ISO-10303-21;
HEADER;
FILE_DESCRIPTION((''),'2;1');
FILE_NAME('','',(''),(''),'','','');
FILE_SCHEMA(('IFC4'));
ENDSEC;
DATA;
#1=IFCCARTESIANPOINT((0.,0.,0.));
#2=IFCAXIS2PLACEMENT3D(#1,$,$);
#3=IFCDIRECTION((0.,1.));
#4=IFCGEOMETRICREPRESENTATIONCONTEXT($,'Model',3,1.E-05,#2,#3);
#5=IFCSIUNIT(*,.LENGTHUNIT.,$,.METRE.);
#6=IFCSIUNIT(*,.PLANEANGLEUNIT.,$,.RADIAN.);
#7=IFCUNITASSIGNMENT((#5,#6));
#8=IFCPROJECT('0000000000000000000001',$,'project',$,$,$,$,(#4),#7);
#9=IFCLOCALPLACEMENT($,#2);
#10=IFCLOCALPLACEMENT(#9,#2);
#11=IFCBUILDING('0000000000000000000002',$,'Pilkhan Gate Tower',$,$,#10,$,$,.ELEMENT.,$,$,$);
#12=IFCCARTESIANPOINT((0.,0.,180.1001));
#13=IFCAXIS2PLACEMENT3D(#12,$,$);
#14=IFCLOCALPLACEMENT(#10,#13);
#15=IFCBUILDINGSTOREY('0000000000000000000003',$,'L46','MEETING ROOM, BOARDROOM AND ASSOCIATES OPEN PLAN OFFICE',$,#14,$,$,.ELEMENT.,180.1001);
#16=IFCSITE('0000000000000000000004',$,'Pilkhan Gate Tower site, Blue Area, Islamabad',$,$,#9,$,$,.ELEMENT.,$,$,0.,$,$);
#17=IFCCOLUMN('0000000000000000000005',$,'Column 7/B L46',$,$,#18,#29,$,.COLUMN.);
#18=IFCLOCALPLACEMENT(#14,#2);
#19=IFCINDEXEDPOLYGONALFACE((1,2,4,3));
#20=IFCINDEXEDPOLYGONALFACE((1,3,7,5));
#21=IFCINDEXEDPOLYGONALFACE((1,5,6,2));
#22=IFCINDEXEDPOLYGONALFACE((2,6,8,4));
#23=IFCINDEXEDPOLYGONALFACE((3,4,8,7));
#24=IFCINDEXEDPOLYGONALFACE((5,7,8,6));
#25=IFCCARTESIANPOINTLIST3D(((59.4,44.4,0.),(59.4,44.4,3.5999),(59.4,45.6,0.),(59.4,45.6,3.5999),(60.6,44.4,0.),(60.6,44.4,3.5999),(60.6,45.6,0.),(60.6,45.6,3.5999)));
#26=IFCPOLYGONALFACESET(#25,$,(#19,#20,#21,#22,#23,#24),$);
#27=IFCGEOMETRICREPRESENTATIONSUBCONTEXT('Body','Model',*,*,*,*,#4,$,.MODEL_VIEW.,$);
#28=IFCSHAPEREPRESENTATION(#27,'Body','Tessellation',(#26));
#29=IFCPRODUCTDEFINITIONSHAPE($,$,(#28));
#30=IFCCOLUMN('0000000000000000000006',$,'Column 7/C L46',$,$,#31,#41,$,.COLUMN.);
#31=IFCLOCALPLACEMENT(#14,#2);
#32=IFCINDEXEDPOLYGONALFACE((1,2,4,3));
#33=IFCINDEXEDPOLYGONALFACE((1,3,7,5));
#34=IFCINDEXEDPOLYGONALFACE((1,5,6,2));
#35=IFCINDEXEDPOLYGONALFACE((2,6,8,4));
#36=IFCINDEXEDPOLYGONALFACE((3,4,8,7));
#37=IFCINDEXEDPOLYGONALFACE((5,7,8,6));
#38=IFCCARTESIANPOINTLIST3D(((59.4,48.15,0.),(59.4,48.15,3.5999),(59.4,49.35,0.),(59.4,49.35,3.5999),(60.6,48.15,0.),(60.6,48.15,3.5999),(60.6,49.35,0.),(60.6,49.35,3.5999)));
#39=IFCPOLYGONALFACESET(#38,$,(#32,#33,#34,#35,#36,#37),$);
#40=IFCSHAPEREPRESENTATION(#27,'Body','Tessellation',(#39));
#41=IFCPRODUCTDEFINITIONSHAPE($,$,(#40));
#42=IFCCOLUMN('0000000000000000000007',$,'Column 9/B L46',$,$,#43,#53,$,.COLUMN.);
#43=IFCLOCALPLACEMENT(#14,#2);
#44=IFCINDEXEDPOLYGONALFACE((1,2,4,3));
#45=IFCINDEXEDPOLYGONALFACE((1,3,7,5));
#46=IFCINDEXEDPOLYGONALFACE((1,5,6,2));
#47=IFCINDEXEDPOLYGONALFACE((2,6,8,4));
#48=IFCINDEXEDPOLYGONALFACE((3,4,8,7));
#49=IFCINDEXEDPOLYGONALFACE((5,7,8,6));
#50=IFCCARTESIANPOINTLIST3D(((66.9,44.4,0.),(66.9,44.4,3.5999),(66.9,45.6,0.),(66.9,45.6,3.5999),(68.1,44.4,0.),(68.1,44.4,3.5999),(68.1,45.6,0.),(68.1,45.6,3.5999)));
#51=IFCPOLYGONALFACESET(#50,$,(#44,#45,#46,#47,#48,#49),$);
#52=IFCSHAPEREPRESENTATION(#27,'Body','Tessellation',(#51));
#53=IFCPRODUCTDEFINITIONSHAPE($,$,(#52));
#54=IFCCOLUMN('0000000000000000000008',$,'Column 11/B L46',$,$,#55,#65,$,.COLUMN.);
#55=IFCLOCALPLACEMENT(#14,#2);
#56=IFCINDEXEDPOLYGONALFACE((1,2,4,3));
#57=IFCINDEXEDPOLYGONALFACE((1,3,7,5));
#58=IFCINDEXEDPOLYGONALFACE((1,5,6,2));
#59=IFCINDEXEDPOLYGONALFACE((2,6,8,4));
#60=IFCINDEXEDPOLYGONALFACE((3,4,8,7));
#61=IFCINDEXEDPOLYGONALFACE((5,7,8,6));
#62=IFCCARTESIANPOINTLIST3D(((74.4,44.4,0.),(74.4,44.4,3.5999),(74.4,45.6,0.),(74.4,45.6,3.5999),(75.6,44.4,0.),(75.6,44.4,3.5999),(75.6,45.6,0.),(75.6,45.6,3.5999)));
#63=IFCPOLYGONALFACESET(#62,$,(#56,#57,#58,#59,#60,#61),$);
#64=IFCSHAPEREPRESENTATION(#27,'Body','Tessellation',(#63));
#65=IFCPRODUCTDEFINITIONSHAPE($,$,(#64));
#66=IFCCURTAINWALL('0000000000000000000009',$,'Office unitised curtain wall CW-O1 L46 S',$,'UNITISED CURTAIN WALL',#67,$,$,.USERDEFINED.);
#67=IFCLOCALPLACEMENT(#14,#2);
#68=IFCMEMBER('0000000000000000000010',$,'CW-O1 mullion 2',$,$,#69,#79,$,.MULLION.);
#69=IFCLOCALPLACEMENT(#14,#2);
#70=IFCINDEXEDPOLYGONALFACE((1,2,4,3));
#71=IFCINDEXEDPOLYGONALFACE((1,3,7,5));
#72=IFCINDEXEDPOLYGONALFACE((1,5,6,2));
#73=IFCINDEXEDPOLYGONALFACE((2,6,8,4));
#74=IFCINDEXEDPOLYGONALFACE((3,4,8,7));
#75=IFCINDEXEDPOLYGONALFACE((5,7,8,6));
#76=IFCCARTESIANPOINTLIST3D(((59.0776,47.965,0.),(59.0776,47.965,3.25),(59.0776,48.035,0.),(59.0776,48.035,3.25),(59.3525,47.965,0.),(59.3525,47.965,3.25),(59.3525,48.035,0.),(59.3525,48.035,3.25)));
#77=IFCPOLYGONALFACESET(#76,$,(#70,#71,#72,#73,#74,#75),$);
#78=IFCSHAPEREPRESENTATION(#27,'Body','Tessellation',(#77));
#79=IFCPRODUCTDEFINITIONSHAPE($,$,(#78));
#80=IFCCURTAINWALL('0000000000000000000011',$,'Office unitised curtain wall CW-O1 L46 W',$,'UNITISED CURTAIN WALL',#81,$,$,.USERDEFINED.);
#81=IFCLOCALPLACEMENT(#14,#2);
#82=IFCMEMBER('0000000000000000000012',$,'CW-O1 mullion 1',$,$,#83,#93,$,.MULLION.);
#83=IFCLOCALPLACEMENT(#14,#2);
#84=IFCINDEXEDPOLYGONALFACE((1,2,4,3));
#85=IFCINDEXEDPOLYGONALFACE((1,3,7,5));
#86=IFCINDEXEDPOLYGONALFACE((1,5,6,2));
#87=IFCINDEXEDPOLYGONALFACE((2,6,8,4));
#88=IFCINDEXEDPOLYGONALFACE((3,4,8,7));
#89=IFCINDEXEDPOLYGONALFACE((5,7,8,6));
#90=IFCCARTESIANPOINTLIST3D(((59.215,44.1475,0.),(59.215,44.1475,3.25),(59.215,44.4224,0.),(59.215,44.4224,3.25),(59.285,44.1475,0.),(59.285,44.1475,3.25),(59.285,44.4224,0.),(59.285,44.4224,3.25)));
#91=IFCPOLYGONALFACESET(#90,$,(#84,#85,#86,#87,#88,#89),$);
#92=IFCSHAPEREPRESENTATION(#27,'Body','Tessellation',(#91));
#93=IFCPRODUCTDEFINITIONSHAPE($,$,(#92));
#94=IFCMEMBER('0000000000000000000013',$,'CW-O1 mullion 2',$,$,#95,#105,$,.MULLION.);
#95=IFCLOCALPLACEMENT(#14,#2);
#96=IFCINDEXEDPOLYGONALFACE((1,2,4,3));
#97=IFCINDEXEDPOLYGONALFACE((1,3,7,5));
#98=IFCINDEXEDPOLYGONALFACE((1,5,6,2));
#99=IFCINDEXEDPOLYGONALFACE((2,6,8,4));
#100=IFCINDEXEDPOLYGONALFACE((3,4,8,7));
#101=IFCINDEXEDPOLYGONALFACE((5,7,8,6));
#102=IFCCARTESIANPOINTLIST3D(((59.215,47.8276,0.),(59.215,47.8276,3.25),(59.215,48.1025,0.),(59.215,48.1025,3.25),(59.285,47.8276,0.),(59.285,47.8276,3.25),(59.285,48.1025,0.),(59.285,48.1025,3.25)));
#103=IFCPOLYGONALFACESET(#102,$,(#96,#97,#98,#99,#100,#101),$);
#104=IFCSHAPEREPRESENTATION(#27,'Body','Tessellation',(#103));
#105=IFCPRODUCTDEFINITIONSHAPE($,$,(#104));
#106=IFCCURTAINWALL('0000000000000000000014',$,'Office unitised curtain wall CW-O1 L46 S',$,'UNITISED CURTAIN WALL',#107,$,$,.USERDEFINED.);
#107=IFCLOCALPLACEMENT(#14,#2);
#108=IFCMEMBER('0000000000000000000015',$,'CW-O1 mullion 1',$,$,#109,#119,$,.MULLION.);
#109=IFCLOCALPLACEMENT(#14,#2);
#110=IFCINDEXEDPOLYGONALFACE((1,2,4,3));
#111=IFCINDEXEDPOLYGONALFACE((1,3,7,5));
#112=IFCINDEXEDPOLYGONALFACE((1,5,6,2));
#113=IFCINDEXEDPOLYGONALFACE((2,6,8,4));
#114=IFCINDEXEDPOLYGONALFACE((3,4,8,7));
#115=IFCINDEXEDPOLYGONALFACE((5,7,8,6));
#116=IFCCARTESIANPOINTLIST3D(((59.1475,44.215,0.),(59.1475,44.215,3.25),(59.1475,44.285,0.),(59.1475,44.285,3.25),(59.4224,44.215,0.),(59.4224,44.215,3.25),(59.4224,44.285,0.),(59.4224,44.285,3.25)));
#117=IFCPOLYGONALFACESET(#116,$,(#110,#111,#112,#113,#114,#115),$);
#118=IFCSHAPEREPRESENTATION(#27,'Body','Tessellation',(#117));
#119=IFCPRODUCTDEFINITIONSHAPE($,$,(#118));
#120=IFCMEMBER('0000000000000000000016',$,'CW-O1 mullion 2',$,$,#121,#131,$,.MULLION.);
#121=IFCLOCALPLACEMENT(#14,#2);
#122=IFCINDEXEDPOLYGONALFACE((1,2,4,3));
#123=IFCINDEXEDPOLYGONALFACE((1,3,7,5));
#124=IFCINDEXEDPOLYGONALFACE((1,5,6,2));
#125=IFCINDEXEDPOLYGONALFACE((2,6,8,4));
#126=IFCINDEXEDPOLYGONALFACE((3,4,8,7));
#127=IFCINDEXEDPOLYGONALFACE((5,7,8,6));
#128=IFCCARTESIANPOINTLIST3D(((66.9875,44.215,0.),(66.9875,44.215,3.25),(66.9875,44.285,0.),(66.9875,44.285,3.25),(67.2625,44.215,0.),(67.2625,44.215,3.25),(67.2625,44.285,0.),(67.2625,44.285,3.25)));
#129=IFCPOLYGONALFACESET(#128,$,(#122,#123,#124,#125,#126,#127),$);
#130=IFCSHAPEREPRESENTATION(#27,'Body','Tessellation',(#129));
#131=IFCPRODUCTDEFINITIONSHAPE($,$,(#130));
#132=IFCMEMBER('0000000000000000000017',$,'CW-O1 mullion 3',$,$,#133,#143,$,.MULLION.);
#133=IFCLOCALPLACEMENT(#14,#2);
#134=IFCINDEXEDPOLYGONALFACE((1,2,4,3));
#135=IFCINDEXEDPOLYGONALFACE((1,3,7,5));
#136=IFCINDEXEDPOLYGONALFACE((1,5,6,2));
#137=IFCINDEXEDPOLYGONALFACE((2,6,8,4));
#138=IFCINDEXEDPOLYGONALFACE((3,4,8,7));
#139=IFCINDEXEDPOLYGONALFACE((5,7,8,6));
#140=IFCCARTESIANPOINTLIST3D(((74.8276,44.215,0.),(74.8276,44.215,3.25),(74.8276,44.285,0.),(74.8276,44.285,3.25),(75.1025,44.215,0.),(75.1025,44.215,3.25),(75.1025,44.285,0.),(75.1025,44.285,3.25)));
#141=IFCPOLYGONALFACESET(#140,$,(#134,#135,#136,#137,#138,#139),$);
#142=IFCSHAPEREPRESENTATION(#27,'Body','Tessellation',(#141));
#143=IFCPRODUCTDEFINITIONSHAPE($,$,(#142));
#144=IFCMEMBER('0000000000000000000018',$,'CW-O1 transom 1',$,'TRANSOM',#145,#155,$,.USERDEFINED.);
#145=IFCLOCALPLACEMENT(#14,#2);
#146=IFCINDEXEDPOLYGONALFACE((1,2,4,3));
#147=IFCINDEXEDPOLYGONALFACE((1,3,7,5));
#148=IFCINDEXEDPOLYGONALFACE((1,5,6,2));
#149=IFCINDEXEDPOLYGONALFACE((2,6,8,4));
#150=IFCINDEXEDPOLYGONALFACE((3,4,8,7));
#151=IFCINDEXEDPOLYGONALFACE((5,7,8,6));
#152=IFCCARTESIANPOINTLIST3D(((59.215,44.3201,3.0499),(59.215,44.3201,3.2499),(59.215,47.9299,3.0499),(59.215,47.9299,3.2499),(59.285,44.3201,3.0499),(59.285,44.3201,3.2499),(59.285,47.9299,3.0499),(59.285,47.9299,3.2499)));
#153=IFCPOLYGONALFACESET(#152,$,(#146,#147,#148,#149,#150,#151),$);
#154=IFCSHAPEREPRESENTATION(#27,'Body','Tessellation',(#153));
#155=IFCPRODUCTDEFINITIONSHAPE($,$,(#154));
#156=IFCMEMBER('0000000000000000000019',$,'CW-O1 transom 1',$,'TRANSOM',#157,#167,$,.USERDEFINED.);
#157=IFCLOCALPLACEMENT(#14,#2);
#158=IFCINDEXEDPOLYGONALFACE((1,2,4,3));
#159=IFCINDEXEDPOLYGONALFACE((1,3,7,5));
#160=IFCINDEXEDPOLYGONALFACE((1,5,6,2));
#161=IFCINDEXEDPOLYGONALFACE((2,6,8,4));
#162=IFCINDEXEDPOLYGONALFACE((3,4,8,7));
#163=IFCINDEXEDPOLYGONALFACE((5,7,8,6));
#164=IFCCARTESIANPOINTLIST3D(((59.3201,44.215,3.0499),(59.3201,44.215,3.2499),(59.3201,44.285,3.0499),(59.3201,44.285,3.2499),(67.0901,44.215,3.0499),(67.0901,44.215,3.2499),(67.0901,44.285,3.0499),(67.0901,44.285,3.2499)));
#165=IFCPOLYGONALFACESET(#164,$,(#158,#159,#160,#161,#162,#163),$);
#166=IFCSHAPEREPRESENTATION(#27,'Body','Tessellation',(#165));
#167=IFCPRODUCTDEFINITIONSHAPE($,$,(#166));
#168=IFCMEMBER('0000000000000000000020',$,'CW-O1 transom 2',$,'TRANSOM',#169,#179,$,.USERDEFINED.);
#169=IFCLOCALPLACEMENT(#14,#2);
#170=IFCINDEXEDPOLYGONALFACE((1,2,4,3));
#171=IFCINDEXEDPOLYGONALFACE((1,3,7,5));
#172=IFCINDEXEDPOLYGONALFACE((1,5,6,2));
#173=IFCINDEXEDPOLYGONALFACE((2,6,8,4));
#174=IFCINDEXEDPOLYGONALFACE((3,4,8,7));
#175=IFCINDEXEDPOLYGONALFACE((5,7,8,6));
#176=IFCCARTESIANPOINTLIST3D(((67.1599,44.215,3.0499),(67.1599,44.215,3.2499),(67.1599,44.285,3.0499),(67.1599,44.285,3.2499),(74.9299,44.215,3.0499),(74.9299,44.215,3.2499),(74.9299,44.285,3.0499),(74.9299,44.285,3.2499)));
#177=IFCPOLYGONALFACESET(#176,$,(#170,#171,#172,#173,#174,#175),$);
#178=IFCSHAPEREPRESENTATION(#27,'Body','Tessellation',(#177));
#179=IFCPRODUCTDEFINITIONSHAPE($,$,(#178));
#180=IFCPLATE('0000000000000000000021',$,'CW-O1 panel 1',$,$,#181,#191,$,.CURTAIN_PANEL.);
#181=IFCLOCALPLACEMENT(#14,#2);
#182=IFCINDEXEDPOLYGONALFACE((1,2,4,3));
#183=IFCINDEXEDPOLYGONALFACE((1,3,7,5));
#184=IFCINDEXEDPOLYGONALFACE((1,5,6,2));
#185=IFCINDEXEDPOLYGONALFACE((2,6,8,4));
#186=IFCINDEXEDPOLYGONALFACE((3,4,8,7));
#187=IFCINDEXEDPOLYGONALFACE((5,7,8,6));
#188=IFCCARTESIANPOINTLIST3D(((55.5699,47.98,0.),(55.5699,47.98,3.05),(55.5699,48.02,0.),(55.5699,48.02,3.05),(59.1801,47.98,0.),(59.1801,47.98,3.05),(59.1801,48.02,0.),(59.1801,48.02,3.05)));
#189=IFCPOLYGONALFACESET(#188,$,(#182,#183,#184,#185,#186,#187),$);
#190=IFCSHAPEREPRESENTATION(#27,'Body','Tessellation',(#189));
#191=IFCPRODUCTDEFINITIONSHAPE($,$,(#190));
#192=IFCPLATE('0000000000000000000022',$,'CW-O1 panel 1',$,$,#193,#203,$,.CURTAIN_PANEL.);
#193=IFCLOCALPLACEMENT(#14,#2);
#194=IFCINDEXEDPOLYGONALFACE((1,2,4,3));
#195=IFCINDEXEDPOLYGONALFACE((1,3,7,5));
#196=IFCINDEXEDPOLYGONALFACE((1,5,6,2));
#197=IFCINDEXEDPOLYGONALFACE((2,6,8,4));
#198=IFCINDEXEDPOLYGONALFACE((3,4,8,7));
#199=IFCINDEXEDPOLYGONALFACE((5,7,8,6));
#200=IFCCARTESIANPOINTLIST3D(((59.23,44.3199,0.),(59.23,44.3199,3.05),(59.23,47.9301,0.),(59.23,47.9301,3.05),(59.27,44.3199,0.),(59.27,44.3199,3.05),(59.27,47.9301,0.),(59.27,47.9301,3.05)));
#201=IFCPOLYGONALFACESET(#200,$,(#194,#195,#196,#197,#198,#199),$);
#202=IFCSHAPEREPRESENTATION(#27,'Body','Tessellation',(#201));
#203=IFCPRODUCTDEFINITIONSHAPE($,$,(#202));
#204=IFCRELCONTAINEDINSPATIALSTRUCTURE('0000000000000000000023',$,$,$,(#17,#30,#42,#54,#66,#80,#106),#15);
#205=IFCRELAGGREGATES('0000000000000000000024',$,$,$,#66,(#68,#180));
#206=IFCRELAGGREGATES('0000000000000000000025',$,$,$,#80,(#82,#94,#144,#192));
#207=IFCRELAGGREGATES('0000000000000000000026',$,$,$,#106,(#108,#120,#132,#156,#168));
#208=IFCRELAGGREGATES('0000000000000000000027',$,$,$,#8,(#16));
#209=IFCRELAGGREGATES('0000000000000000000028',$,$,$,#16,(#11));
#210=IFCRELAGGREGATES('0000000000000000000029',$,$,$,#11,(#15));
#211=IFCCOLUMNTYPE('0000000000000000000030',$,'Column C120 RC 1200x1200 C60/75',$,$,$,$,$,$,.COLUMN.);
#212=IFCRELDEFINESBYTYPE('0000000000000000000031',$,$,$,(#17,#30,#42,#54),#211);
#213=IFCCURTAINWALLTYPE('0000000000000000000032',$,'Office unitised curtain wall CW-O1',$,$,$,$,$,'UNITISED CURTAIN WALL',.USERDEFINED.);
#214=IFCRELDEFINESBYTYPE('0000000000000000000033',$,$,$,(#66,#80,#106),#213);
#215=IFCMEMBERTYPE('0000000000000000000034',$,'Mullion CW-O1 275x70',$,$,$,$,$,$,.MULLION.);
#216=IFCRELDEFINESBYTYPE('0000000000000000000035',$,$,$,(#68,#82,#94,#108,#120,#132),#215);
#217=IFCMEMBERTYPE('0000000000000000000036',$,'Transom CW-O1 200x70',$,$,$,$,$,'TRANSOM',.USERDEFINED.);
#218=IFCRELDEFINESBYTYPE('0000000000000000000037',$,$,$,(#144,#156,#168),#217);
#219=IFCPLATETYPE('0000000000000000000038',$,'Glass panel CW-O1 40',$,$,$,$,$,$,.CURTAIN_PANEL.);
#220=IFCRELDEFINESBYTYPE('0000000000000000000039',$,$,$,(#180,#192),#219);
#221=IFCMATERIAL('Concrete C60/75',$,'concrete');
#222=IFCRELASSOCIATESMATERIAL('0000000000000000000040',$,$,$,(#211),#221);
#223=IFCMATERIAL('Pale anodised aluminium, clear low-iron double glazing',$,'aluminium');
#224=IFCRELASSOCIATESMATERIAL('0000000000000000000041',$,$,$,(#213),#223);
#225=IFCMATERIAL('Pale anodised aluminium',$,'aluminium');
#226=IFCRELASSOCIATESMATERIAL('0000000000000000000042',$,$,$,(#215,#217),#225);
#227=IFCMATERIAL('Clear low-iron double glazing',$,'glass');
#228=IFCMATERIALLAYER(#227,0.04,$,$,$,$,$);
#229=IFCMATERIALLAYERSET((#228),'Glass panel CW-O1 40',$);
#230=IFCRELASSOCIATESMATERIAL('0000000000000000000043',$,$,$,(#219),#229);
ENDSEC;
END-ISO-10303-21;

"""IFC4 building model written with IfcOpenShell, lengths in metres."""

from ifc_helpers import new_model, si_unit, direction, frame, origin, origin_2d, place, context, subcontext, project, spatial, rectangle, extrude, material, layer, layer_set, material_profile, profile_set, type_object, element, aggregate, save


model = new_model("IFC4")

# Units and contexts
model_context = context("Model", 3, precision=1e-05, world=origin(), true_north=direction((0.0, 1.0)))
body_context = subcontext(model_context, "Body", "Model", "MODEL_VIEW")
ifc_project = project(units=[si_unit("LENGTHUNIT", "METRE"), si_unit("PLANEANGLEUNIT", "RADIAN")], contexts=[model_context])

# Site, building, storey
site_placement = place(None, origin())
site = spatial("IfcSite", under=ifc_project, at=site_placement, Name="Pilkhan Gate Tower site, Blue Area, Islamabad", CompositionType="ELEMENT", RefElevation=0.0)
building_placement = place(site_placement, origin())
building = spatial("IfcBuilding", under=site, at=building_placement, Name="Pilkhan Gate Tower", CompositionType="ELEMENT")
storey_placement = place(building_placement, frame((0.0, 0.0, 180.1001)))
storey = spatial("IfcBuildingStorey", under=building, at=storey_placement, Name="L46", Description="MEETING ROOM, BOARDROOM AND ASSOCIATES OPEN PLAN OFFICE", CompositionType="ELEMENT", Elevation=180.1001)

# Columns
ifc_material_1 = material(Name="Concrete C60/75", Category="concrete")
ifc_material_profile_1 = material_profile(ifc_material_1, rectangle(XDim=1.2, YDim=1.2, at=origin_2d()), Name="RC 1200x1200")
ifc_profile_set_1 = profile_set([ifc_material_profile_1], Name="Concrete C60/75")
column_type = type_object("IfcColumnType", Name="Column C120 RC 1200x1200 C60/75", PredefinedType="COLUMN", material=ifc_profile_set_1)
for number, where, z_axis, x_axis, name in (
    (1, (60.0, 45.0, 0.0), (0.0, 0.0, 1.0), (1.0, 0.0, 0.0), "Column 7/B L46"),
    (2, (60.0, 48.75, 0.0), (0.0, 0.0, 1.0), (1.0, 0.0, 0.0), "Column 7/C L46"),
    (3, (67.5, 45.0, 0.0), (0.0, 0.0, 1.0), (1.0, 0.0, 0.0), "Column 9/B L46"),
    (4, (75.0, 45.0, 0.0), (0.0, 0.0, 1.0), (1.0, 0.0, 0.0), "Column 11/B L46"),
):
    element("IfcColumn", number, at=place(storey_placement, frame(where, z_axis=z_axis, x_axis=x_axis)), inside=storey, type_object=column_type, Name=name, PredefinedType="COLUMN", context=body_context, shape_type="SweptSolid", body=[
        extrude(rectangle(XDim=1.2, YDim=1.2, at=origin_2d()), origin(), (0.0, 0.0, 1.0), 3.5999),
    ])

# Curtain wall, member
ifc_material_2 = material(Name="Pale anodised aluminium, clear low-iron double glazing", Category="aluminium")
curtain_wall_type = type_object("IfcCurtainWallType", Name="Office unitised curtain wall CW-O1", ElementType="UNITISED CURTAIN WALL", PredefinedType="USERDEFINED", material=ifc_material_2)
curtain_wall_1_placement = place(storey_placement, origin())
curtain_wall_1 = element("IfcCurtainWall", 5, at=curtain_wall_1_placement, inside=storey, type_object=curtain_wall_type, Name="Office unitised curtain wall CW-O1 L46 S", ObjectType="UNITISED CURTAIN WALL", PredefinedType="USERDEFINED")
ifc_material_3 = material(Name="Pale anodised aluminium", Category="aluminium")
ifc_material_profile_2 = material_profile(ifc_material_3, rectangle(XDim=0.0701, YDim=0.2749, at=origin_2d()), Name="Mullion 275x70")
ifc_profile_set_2 = profile_set([ifc_material_profile_2], Name="Pale anodised aluminium")
member_type_1 = type_object("IfcMemberType", Name="Mullion CW-O1 275x70", PredefinedType="MULLION", material=ifc_profile_set_2)
member_1_placement = place(storey_placement, frame((59.2151, 48.0, 0.0), z_axis=(0.0, 0.0, 1.0), x_axis=(0.0, 1.0, 0.0)))
member_1 = element("IfcMember", 6, at=member_1_placement, type_object=member_type_1, Name="CW-O1 mullion 2", PredefinedType="MULLION", context=body_context, shape_type="SweptSolid", body=[
    extrude(rectangle(XDim=0.0701, YDim=0.2749, at=origin_2d()), origin(), (0.0, 0.0, 1.0), 3.25),
])

# Curtain walls, members
curtain_wall_2_placement = place(storey_placement, origin())
curtain_wall_2 = element("IfcCurtainWall", 7, at=curtain_wall_2_placement, inside=storey, type_object=curtain_wall_type, Name="Office unitised curtain wall CW-O1 L46 W", ObjectType="UNITISED CURTAIN WALL", PredefinedType="USERDEFINED")
member_2_placement = place(storey_placement, frame((59.25, 44.2849, 0.0), z_axis=(0.0, 0.0, 1.0), x_axis=(-1.0, 0.0, 0.0)))
member_2 = element("IfcMember", 8, at=member_2_placement, type_object=member_type_1, Name="CW-O1 mullion 1", PredefinedType="MULLION", context=body_context, shape_type="SweptSolid", body=[
    extrude(rectangle(XDim=0.0701, YDim=0.2749, at=origin_2d()), origin(), (0.0, 0.0, 1.0), 3.25),
])
member_3_placement = place(storey_placement, frame((59.25, 47.9651, 0.0), z_axis=(0.0, 0.0, 1.0), x_axis=(-1.0, 0.0, 0.0)))
member_3 = element("IfcMember", 9, at=member_3_placement, type_object=member_type_1, Name="CW-O1 mullion 2", PredefinedType="MULLION", context=body_context, shape_type="SweptSolid", body=[
    extrude(rectangle(XDim=0.0701, YDim=0.2749, at=origin_2d()), origin(), (0.0, 0.0, 1.0), 3.25),
])
curtain_wall_3_placement = place(storey_placement, origin())
curtain_wall_3 = element("IfcCurtainWall", 10, at=curtain_wall_3_placement, inside=storey, type_object=curtain_wall_type, Name="Office unitised curtain wall CW-O1 L46 S", ObjectType="UNITISED CURTAIN WALL", PredefinedType="USERDEFINED")
member_4_placement = place(storey_placement, frame((59.2849, 44.25, 0.0), z_axis=(0.0, 0.0, 1.0), x_axis=(0.0, 1.0, 0.0)))
member_4 = element("IfcMember", 11, at=member_4_placement, type_object=member_type_1, Name="CW-O1 mullion 1", PredefinedType="MULLION", context=body_context, shape_type="SweptSolid", body=[
    extrude(rectangle(XDim=0.0701, YDim=0.2749, at=origin_2d()), origin(), (0.0, 0.0, 1.0), 3.25),
])
member_5_placement = place(storey_placement, frame((67.125, 44.25, 0.0), z_axis=(0.0, 0.0, 1.0), x_axis=(0.0, 1.0, 0.0)))
member_5 = element("IfcMember", 12, at=member_5_placement, type_object=member_type_1, Name="CW-O1 mullion 2", PredefinedType="MULLION", context=body_context, shape_type="SweptSolid", body=[
    extrude(rectangle(XDim=0.0701, YDim=0.2749, at=origin_2d()), origin(), (0.0, 0.0, 1.0), 3.25),
])
member_6_placement = place(storey_placement, frame((74.9651, 44.25, 0.0), z_axis=(0.0, 0.0, 1.0), x_axis=(0.0, 1.0, 0.0)))
member_6 = element("IfcMember", 13, at=member_6_placement, type_object=member_type_1, Name="CW-O1 mullion 3", PredefinedType="MULLION", context=body_context, shape_type="SweptSolid", body=[
    extrude(rectangle(XDim=0.0701, YDim=0.2749, at=origin_2d()), origin(), (0.0, 0.0, 1.0), 3.25),
])

# Members
ifc_material_profile_3 = material_profile(ifc_material_3, rectangle(XDim=0.0701, YDim=0.2, at=origin_2d()), Name="Transom 200x70")
ifc_profile_set_3 = profile_set([ifc_material_profile_3], Name="Pale anodised aluminium")
member_type_2 = type_object("IfcMemberType", Name="Transom CW-O1 200x70", ElementType="TRANSOM", PredefinedType="USERDEFINED", material=ifc_profile_set_3)
member_7_placement = place(storey_placement, frame((59.25, 44.3201, 3.1499), z_axis=(0.0, 1.0, 0.0), x_axis=(-1.0, 0.0, 0.0)))
member_7 = element("IfcMember", 14, at=member_7_placement, type_object=member_type_2, Name="CW-O1 transom 1", ObjectType="TRANSOM", PredefinedType="USERDEFINED", context=body_context, shape_type="SweptSolid", body=[
    extrude(rectangle(XDim=0.0701, YDim=0.2, at=origin_2d()), origin(), (0.0, 0.0, 1.0), 3.6099),
])
member_8_placement = place(storey_placement, frame((59.3201, 44.25, 3.1499), z_axis=(1.0, 0.0, 0.0), x_axis=(0.0, 1.0, 0.0)))
member_8 = element("IfcMember", 15, at=member_8_placement, type_object=member_type_2, Name="CW-O1 transom 1", ObjectType="TRANSOM", PredefinedType="USERDEFINED", context=body_context, shape_type="SweptSolid", body=[
    extrude(rectangle(XDim=0.0701, YDim=0.2, at=origin_2d()), origin(), (0.0, 0.0, 1.0), 7.77),
])
member_9_placement = place(storey_placement, frame((67.1599, 44.25, 3.1499), z_axis=(1.0, 0.0, 0.0), x_axis=(0.0, 1.0, 0.0)))
member_9 = element("IfcMember", 16, at=member_9_placement, type_object=member_type_2, Name="CW-O1 transom 2", ObjectType="TRANSOM", PredefinedType="USERDEFINED", context=body_context, shape_type="SweptSolid", body=[
    extrude(rectangle(XDim=0.0701, YDim=0.2, at=origin_2d()), origin(), (0.0, 0.0, 1.0), 7.77),
])

# Plates
ifc_material_4 = material(Name="Clear low-iron double glazing", Category="glass")
ifc_layer_1 = layer(ifc_material_4, 0.04)
ifc_layer_set_1 = layer_set([ifc_layer_1], Name="Glass panel CW-O1 40")
plate_type = type_object("IfcPlateType", Name="Glass panel CW-O1 40", PredefinedType="CURTAIN_PANEL", material=ifc_layer_set_1)
plate_1_placement = place(storey_placement, frame((57.375, 48.0, 0.0), z_axis=(0.0, 0.0, 1.0), x_axis=(1.0, 0.0, 0.0)))
plate_1 = element("IfcPlate", 17, at=plate_1_placement, type_object=plate_type, Name="CW-O1 panel 1", PredefinedType="CURTAIN_PANEL", context=body_context, shape_type="SweptSolid", body=[
    extrude(rectangle(XDim=3.6101, YDim=0.04, at=origin_2d()), origin(), (0.0, 0.0, 1.0), 3.05),
])
aggregate(curtain_wall_1, [member_1, plate_1])
plate_2_placement = place(storey_placement, frame((59.25, 46.125, 0.0), z_axis=(0.0, 0.0, 1.0), x_axis=(0.0, 1.0, 0.0)))
plate_2 = element("IfcPlate", 18, at=plate_2_placement, type_object=plate_type, Name="CW-O1 panel 1", PredefinedType="CURTAIN_PANEL", context=body_context, shape_type="SweptSolid", body=[
    extrude(rectangle(XDim=3.6101, YDim=0.04, at=origin_2d()), origin(), (0.0, 0.0, 1.0), 3.05),
])
aggregate(curtain_wall_2, [member_2, member_3, member_7, plate_2])
aggregate(curtain_wall_3, [member_4, member_5, member_6, member_8, member_9])

save(model, "model.ifc")
